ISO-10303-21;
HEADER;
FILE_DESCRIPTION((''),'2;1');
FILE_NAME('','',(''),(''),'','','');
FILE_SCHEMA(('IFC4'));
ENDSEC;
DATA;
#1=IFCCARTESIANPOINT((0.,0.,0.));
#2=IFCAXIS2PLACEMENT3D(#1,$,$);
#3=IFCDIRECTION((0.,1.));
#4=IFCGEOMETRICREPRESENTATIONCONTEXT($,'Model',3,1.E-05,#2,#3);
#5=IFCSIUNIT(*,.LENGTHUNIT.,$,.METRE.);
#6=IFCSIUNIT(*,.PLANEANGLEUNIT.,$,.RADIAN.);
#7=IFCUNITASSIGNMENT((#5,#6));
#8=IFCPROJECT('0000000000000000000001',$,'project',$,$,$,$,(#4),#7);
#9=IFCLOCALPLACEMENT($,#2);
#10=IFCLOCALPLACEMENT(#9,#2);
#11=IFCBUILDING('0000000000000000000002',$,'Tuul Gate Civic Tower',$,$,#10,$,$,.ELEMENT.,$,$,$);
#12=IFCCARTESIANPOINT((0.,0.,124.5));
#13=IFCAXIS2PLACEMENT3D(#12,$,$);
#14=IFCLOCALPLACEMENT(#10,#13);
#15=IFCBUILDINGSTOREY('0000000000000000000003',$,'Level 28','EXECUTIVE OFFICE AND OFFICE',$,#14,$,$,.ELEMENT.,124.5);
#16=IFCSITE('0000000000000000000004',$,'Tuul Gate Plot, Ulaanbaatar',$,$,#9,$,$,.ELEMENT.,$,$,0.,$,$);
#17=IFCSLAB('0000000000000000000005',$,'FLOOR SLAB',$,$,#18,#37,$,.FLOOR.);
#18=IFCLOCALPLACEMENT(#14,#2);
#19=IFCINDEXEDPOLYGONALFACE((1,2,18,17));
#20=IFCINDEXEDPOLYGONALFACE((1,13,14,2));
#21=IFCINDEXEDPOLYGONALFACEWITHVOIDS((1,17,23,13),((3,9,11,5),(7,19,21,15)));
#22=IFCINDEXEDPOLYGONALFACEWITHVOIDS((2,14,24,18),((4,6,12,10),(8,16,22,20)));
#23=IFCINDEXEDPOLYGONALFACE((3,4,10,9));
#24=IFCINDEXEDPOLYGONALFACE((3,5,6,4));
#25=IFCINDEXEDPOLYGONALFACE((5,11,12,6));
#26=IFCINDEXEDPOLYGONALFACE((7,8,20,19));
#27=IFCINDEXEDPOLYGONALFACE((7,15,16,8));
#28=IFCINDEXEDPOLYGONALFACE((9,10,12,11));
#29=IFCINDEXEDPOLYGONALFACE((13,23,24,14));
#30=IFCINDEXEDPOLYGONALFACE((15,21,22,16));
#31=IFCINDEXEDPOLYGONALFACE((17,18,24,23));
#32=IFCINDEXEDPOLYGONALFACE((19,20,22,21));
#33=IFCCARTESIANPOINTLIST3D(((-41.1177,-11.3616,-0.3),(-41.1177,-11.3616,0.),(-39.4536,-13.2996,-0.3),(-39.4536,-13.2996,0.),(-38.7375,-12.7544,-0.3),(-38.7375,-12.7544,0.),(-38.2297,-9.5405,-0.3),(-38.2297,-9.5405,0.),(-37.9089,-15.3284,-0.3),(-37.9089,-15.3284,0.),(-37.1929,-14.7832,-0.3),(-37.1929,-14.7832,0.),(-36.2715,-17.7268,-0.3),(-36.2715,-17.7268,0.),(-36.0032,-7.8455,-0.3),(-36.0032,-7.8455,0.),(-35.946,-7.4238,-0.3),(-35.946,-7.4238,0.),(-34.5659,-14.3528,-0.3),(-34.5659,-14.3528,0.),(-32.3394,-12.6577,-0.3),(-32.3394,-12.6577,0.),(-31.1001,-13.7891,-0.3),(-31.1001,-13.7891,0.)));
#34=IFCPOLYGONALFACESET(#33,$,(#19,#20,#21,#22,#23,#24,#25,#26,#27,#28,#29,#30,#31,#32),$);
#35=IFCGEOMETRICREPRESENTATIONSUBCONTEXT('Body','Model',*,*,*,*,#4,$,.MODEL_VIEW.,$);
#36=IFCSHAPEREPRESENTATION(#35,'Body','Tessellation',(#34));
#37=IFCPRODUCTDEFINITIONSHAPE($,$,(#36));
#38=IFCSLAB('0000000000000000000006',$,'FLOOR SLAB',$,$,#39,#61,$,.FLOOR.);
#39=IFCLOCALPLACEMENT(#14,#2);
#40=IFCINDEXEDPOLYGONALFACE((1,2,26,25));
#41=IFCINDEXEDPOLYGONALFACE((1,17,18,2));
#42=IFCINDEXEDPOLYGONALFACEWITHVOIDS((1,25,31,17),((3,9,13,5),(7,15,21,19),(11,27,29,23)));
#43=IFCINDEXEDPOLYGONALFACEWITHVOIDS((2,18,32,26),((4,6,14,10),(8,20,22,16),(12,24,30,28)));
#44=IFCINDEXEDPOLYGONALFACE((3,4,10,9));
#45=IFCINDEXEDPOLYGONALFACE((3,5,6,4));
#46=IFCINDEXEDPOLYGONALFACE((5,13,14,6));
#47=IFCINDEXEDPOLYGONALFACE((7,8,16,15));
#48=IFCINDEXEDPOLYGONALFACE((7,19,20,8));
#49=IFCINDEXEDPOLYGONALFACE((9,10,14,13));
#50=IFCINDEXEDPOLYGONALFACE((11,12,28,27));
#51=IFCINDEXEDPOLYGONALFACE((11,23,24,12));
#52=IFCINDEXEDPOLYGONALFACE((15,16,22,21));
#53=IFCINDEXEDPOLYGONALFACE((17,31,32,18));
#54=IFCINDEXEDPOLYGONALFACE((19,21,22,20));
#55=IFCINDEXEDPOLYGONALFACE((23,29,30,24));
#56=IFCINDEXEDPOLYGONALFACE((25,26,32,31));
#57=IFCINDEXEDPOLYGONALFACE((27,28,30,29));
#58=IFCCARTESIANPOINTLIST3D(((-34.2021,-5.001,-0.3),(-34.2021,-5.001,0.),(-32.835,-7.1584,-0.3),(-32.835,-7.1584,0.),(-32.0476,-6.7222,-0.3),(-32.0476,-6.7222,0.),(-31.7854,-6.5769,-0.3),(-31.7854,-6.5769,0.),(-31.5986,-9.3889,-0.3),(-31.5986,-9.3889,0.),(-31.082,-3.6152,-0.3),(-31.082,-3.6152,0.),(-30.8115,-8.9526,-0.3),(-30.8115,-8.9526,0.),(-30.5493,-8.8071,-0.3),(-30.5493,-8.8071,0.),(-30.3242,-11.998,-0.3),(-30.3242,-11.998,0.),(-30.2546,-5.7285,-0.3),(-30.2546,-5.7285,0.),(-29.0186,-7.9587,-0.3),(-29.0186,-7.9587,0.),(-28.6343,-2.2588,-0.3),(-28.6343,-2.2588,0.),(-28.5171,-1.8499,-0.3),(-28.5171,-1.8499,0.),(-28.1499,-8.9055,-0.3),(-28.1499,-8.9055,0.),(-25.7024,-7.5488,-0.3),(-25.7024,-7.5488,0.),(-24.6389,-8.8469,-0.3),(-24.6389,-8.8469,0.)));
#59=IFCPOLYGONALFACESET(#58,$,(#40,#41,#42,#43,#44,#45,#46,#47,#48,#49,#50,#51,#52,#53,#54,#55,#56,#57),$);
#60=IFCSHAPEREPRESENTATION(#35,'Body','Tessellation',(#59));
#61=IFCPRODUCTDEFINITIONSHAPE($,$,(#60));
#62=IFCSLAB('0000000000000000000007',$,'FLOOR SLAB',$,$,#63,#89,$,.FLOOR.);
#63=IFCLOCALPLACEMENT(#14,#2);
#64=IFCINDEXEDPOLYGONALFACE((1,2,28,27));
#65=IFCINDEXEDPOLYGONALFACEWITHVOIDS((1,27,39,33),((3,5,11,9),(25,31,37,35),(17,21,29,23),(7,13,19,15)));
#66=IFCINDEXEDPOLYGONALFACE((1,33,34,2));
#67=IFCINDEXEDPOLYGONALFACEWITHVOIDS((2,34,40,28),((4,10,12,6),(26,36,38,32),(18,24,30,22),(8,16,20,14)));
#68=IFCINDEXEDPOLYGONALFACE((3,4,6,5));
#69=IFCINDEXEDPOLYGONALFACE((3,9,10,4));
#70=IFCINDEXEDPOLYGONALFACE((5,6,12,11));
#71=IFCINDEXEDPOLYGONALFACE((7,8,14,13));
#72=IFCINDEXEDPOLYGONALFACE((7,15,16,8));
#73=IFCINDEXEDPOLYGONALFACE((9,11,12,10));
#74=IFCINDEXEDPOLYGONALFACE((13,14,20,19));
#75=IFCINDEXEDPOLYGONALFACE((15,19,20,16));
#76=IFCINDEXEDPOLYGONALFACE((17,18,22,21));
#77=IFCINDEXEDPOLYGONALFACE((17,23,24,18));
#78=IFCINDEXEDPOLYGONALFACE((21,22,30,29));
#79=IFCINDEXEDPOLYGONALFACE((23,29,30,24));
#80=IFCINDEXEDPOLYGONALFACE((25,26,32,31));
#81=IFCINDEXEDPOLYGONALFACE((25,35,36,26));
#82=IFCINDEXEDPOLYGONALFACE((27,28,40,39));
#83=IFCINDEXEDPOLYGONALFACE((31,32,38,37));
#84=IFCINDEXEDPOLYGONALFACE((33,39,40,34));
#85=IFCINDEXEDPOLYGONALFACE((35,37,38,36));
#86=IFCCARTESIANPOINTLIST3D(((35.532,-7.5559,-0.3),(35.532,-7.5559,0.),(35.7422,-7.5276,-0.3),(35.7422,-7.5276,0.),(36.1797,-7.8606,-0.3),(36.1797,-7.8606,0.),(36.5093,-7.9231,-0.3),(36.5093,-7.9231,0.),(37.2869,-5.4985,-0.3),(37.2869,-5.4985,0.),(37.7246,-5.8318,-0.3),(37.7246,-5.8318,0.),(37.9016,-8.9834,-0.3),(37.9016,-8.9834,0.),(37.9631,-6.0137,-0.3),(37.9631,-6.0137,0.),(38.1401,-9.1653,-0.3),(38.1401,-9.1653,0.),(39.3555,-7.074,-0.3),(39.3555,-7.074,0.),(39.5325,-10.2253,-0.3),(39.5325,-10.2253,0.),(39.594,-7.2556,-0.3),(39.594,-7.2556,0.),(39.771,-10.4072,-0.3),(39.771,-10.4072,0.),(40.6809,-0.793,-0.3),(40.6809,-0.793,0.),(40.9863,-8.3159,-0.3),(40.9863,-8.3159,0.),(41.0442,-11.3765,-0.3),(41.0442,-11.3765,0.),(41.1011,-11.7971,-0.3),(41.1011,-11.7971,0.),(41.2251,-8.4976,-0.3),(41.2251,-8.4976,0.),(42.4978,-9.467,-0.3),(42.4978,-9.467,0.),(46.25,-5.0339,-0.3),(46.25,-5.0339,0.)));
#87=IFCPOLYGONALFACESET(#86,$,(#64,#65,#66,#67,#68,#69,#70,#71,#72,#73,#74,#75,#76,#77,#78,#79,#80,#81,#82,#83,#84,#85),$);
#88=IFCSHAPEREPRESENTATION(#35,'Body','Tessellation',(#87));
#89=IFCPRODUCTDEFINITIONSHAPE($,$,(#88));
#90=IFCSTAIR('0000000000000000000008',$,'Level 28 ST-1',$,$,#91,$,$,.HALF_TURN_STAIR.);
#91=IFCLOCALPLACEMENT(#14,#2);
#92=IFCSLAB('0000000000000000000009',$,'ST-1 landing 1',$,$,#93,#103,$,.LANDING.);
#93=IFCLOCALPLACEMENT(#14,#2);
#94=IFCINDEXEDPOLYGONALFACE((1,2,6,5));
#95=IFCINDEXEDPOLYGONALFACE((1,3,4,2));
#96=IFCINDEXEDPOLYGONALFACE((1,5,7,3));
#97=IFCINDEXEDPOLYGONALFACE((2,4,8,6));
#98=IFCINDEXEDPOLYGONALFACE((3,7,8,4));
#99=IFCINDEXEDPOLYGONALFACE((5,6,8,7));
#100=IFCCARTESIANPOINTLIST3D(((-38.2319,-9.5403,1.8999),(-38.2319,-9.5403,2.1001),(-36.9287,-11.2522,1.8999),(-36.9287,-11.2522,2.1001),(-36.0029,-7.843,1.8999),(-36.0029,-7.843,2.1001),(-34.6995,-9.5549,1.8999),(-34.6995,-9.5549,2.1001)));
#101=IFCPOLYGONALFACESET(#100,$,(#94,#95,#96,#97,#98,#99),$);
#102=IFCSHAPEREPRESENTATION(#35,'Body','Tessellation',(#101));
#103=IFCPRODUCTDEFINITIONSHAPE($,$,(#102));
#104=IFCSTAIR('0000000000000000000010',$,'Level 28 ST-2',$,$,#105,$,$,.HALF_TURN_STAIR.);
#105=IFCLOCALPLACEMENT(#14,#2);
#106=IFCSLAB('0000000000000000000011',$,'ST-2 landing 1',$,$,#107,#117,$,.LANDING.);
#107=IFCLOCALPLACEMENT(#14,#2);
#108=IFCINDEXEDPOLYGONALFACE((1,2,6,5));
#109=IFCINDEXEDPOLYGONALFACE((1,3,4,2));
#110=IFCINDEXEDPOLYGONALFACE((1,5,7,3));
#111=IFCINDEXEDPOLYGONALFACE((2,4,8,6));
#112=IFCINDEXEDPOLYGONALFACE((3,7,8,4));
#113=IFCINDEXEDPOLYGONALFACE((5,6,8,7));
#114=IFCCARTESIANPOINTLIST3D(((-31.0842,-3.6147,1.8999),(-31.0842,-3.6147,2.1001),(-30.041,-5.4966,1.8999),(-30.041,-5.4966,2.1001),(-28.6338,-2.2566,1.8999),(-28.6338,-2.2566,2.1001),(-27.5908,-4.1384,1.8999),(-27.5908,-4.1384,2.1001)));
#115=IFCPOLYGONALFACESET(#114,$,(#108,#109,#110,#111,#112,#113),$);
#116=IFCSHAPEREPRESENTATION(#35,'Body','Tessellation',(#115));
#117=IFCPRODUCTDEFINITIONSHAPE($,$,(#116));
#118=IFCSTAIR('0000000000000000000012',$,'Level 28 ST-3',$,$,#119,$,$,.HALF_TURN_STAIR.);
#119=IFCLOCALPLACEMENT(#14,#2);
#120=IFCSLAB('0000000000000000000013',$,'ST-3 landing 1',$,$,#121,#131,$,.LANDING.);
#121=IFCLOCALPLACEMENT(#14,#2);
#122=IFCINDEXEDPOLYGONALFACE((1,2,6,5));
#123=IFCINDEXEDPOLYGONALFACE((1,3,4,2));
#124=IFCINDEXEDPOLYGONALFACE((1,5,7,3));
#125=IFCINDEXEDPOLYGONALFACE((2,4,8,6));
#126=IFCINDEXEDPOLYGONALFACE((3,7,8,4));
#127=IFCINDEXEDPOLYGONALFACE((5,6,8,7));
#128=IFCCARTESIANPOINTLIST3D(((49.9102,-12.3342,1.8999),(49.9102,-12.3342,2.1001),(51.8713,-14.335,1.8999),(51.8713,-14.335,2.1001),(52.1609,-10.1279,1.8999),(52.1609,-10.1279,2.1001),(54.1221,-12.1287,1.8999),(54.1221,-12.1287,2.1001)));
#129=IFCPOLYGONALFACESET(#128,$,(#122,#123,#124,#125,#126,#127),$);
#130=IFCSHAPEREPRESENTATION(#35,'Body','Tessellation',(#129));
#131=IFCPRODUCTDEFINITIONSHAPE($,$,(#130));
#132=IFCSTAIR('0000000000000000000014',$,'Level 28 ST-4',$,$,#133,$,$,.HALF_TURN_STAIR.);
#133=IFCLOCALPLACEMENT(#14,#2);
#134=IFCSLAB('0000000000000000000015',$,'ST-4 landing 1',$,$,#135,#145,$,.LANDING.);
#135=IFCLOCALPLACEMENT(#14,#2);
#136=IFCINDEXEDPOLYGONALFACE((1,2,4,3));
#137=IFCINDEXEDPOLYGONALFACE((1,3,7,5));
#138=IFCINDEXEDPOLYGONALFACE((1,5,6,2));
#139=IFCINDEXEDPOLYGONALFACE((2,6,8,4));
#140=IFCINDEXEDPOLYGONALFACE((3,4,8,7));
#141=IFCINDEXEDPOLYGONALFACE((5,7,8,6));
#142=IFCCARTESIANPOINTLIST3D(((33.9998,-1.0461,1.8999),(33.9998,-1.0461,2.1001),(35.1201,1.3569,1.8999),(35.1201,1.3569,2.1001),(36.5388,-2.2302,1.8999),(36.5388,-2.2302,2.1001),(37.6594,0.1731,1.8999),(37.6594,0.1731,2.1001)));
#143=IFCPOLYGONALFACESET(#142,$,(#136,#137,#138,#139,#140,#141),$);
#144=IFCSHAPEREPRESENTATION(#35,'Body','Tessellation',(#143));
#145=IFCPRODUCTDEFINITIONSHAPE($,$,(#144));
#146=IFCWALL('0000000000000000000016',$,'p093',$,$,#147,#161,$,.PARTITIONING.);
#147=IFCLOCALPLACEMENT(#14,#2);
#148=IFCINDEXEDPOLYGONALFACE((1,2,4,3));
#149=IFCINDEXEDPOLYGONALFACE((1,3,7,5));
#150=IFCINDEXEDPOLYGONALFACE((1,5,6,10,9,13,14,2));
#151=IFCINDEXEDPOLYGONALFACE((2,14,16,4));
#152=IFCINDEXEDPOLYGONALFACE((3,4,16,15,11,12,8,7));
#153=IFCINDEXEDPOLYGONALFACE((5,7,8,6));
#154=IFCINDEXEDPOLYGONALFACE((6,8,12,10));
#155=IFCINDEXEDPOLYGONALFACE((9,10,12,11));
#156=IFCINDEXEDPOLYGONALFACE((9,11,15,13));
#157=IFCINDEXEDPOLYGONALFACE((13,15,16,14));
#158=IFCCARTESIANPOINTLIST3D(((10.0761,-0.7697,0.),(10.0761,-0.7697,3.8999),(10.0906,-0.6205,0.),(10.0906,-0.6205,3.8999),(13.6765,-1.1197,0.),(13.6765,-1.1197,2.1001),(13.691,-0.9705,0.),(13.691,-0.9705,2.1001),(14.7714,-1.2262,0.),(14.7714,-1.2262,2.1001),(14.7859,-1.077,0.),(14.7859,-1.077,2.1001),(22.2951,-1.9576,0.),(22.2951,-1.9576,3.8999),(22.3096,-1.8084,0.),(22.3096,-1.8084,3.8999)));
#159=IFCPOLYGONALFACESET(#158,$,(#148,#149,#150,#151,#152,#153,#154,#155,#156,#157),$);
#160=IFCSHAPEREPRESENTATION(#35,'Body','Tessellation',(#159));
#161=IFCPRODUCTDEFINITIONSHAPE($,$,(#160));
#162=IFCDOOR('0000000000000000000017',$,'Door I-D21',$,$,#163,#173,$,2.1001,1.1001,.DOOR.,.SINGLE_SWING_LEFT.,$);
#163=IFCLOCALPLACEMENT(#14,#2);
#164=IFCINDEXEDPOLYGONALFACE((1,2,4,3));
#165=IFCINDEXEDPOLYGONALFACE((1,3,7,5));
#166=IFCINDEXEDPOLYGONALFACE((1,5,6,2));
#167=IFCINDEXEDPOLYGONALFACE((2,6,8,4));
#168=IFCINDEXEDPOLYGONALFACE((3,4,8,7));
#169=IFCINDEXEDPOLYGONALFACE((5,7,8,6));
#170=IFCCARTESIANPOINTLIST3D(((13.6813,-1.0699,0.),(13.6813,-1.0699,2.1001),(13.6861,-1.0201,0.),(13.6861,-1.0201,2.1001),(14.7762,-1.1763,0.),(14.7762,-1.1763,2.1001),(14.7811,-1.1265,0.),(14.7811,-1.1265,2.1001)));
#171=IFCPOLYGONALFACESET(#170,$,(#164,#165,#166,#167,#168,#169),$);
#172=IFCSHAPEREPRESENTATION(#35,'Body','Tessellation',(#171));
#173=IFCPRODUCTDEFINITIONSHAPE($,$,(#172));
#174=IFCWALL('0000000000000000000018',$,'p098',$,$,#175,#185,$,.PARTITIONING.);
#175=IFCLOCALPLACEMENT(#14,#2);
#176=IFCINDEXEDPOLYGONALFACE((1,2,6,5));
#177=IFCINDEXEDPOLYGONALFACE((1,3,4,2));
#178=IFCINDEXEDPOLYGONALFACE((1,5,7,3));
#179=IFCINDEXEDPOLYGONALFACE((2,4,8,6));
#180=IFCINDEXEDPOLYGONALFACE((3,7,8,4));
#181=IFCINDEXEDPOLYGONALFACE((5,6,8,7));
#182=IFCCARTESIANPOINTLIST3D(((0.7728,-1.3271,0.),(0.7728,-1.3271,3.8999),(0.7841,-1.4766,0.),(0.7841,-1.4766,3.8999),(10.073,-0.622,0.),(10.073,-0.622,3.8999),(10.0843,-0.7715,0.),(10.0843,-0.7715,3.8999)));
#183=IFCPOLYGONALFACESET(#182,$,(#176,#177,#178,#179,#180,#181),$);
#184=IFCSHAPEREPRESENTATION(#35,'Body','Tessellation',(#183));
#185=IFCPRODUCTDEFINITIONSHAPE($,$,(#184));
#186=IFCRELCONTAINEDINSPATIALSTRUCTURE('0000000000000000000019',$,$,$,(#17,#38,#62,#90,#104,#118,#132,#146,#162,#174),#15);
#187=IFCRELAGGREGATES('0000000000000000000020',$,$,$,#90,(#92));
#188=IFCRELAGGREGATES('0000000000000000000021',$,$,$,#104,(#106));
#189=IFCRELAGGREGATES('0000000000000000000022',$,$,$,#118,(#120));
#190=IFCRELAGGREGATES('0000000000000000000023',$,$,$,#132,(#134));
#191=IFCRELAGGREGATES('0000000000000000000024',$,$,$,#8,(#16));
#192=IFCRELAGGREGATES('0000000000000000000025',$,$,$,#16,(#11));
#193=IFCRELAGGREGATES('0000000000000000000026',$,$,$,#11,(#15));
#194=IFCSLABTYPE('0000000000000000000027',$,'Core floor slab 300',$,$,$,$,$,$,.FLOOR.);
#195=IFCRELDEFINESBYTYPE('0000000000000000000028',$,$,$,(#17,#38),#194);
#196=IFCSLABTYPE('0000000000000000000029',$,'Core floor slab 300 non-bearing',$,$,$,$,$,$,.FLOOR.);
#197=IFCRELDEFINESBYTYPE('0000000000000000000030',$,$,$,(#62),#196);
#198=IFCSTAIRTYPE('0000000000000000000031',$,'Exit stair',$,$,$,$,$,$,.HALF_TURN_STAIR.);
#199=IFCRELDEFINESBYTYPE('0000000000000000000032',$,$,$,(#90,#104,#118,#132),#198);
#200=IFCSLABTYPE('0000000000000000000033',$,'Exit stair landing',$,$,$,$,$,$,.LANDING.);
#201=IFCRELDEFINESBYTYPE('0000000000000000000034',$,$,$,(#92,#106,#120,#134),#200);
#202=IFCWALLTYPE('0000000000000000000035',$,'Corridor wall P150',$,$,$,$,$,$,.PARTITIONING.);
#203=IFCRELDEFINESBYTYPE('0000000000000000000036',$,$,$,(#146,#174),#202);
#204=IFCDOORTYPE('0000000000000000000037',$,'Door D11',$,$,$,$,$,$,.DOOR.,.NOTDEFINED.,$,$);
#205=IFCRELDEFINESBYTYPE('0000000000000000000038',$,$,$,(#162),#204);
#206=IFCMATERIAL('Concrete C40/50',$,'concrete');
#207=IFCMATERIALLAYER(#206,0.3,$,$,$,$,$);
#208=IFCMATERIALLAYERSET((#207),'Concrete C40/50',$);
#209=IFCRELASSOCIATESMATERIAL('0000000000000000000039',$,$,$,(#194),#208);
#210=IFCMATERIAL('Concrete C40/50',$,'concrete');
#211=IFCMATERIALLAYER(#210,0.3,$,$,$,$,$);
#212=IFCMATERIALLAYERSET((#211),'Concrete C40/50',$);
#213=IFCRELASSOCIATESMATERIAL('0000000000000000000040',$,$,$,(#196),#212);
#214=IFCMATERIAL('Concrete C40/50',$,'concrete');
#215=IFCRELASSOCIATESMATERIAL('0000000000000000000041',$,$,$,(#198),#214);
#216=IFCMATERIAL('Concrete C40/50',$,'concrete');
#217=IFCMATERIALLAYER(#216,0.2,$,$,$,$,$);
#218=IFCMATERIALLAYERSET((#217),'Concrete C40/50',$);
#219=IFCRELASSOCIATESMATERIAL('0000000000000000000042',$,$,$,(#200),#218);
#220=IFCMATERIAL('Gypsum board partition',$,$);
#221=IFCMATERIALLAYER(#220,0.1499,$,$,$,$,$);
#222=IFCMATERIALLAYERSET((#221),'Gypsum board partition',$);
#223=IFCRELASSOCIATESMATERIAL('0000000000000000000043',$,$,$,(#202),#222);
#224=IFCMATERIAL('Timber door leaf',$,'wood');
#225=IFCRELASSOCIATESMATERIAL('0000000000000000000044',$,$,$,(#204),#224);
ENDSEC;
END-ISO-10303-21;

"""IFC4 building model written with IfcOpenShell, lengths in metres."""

from ifc_helpers import new_model, si_unit, direction, frame, frame_2d, origin, place, context, subcontext, project, spatial, polyline, rectangle, outline, extrude, material, layer, layer_set, type_object, element, fill, aggregate, save


model = new_model("IFC4")

# Units and contexts
model_context = context("Model", 3, precision=1e-05, world=origin(), true_north=direction((0.0, 1.0)))
body_context = subcontext(model_context, "Body", "Model", "MODEL_VIEW")
ifc_project = project(units=[si_unit("LENGTHUNIT", "METRE"), si_unit("PLANEANGLEUNIT", "RADIAN")], contexts=[model_context])

# Site, building, storey
site_placement = place(None, origin())
site = spatial("IfcSite", under=ifc_project, at=site_placement, Name="Tuul Gate Plot, Ulaanbaatar", CompositionType="ELEMENT", RefElevation=0.0)
building_placement = place(site_placement, origin())
building = spatial("IfcBuilding", under=site, at=building_placement, Name="Tuul Gate Civic Tower", CompositionType="ELEMENT")
storey_placement = place(building_placement, frame((0.0, 0.0, 124.5)))
storey = spatial("IfcBuildingStorey", under=building, at=storey_placement, Name="Level 28", Description="EXECUTIVE OFFICE AND OFFICE", CompositionType="ELEMENT", Elevation=124.5)

# Slabs
ifc_material_1 = material(Name="Concrete C40/50", Category="concrete")
ifc_layer_1 = layer(ifc_material_1, 0.3)
ifc_layer_set_1 = layer_set([ifc_layer_1], Name="Concrete C40/50")
slab_type_1 = type_object("IfcSlabType", Name="Core floor slab 300", PredefinedType="FLOOR", material=ifc_layer_set_1)
slab_1_placement = place(storey_placement, frame((0.0, 0.0, -0.3)))
element("IfcSlab", 1, at=slab_1_placement, inside=storey, type_object=slab_type_1, Name="FLOOR SLAB", PredefinedType="FLOOR", context=body_context, shape_type="SweptSolid", body=[
    extrude(outline(polyline([(-31.1001, -13.7891), (-35.946, -7.4238), (-41.1177, -11.3616), (-36.2715, -17.7268), (-31.1001, -13.7891)]), holes=[polyline([(-37.1929, -14.7832), (-38.7375, -12.7544), (-39.4536, -13.2996), (-37.9089, -15.3284), (-37.1929, -14.7832)]), polyline([(-32.3394, -12.6577), (-34.5659, -14.3528), (-38.2297, -9.5405), (-36.0032, -7.8455), (-32.3394, -12.6577)])]), origin(), (0.0, 0.0, 1.0), 0.3),
])
slab_2_placement = place(storey_placement, frame((0.0, 0.0, -0.3)))
element("IfcSlab", 2, at=slab_2_placement, inside=storey, type_object=slab_type_1, Name="FLOOR SLAB", PredefinedType="FLOOR", context=body_context, shape_type="SweptSolid", body=[
    extrude(outline(polyline([(-24.6389, -8.8469), (-28.5171, -1.8499), (-34.2021, -5.001), (-30.3242, -11.998), (-24.6389, -8.8469)]), holes=[polyline([(-29.0186, -7.9587), (-30.2546, -5.7285), (-31.7854, -6.5769), (-30.5493, -8.8071), (-29.0186, -7.9587)]), polyline([(-30.8115, -8.9526), (-32.0476, -6.7222), (-32.835, -7.1584), (-31.5986, -9.3889), (-30.8115, -8.9526)]), polyline([(-25.7024, -7.5488), (-28.1499, -8.9055), (-31.082, -3.6152), (-28.6343, -2.2588), (-25.7024, -7.5488)])]), origin(), (0.0, 0.0, 1.0), 0.3),
])
ifc_material_2 = material(Name="Concrete C40/50", Category="concrete")
ifc_layer_2 = layer(ifc_material_2, 0.3)
ifc_layer_set_2 = layer_set([ifc_layer_2], Name="Concrete C40/50")
slab_type_2 = type_object("IfcSlabType", Name="Core floor slab 300 non-bearing", PredefinedType="FLOOR", material=ifc_layer_set_2)
slab_3_placement = place(storey_placement, frame((0.0, 0.0, -0.3)))
element("IfcSlab", 3, at=slab_3_placement, inside=storey, type_object=slab_type_2, Name="FLOOR SLAB", PredefinedType="FLOOR", context=body_context, shape_type="SweptSolid", body=[
    extrude(outline(polyline([(41.1011, -11.7971), (46.25, -5.0339), (40.6809, -0.793), (35.532, -7.5559), (41.1011, -11.7971)]), holes=[polyline([(41.0442, -11.3765), (42.4978, -9.467), (41.2251, -8.4976), (39.771, -10.4072), (41.0442, -11.3765)]), polyline([(39.5325, -10.2253), (40.9863, -8.3159), (39.594, -7.2556), (38.1401, -9.1653), (39.5325, -10.2253)]), polyline([(37.9016, -8.9834), (39.3555, -7.074), (37.9631, -6.0137), (36.5093, -7.9231), (37.9016, -8.9834)]), polyline([(36.1797, -7.8606), (37.7246, -5.8318), (37.2869, -5.4985), (35.7422, -7.5276), (36.1797, -7.8606)])]), origin(), (0.0, 0.0, 1.0), 0.3),
])

# Stairs, slabs
ifc_material_3 = material(Name="Concrete C40/50", Category="concrete")
stair_type = type_object("IfcStairType", Name="Exit stair", PredefinedType="HALF_TURN_STAIR", material=ifc_material_3)
stair_1_placement = place(storey_placement, origin())
stair_1 = element("IfcStair", 4, at=stair_1_placement, inside=storey, type_object=stair_type, Name="Level 28 ST-1", PredefinedType="HALF_TURN_STAIR")
ifc_material_4 = material(Name="Concrete C40/50", Category="concrete")
ifc_layer_3 = layer(ifc_material_4, 0.2)
ifc_layer_set_3 = layer_set([ifc_layer_3], Name="Concrete C40/50")
slab_type_3 = type_object("IfcSlabType", Name="Exit stair landing", PredefinedType="LANDING", material=ifc_layer_set_3)
slab_4_placement = place(storey_placement, frame((0.0, 0.0, 1.8999)))
slab_4 = element("IfcSlab", 5, at=slab_4_placement, type_object=slab_type_3, Name="ST-1 landing 1", PredefinedType="LANDING", context=body_context, shape_type="SweptSolid", body=[
    extrude(outline(polyline([(-34.6995, -9.5549), (-36.9287, -11.2522), (-38.2319, -9.5403), (-36.0029, -7.843), (-34.6995, -9.5549)])), origin(), (0.0, 0.0, 1.0), 0.2002),
])
aggregate(stair_1, [slab_4])
stair_2_placement = place(storey_placement, origin())
stair_2 = element("IfcStair", 6, at=stair_2_placement, inside=storey, type_object=stair_type, Name="Level 28 ST-2", PredefinedType="HALF_TURN_STAIR")
slab_5_placement = place(storey_placement, frame((0.0, 0.0, 1.8999)))
slab_5 = element("IfcSlab", 7, at=slab_5_placement, type_object=slab_type_3, Name="ST-2 landing 1", PredefinedType="LANDING", context=body_context, shape_type="SweptSolid", body=[
    extrude(outline(polyline([(-27.5908, -4.1384), (-30.041, -5.4966), (-31.0842, -3.6147), (-28.6338, -2.2566), (-27.5908, -4.1384)])), origin(), (0.0, 0.0, 1.0), 0.2002),
])
aggregate(stair_2, [slab_5])
stair_3_placement = place(storey_placement, origin())
stair_3 = element("IfcStair", 8, at=stair_3_placement, inside=storey, type_object=stair_type, Name="Level 28 ST-3", PredefinedType="HALF_TURN_STAIR")
slab_6_placement = place(storey_placement, frame((0.0, 0.0, 1.8999)))
slab_6 = element("IfcSlab", 9, at=slab_6_placement, type_object=slab_type_3, Name="ST-3 landing 1", PredefinedType="LANDING", context=body_context, shape_type="SweptSolid", body=[
    extrude(outline(polyline([(51.8713, -14.335), (49.9102, -12.3342), (52.1609, -10.1279), (54.1221, -12.1287), (51.8713, -14.335)])), origin(), (0.0, 0.0, 1.0), 0.2002),
])
aggregate(stair_3, [slab_6])
stair_4_placement = place(storey_placement, origin())
stair_4 = element("IfcStair", 10, at=stair_4_placement, inside=storey, type_object=stair_type, Name="Level 28 ST-4", PredefinedType="HALF_TURN_STAIR")
slab_7_placement = place(storey_placement, frame((0.0, 0.0, 1.8999)))
slab_7 = element("IfcSlab", 11, at=slab_7_placement, type_object=slab_type_3, Name="ST-4 landing 1", PredefinedType="LANDING", context=body_context, shape_type="SweptSolid", body=[
    extrude(outline(polyline([(36.5388, -2.2302), (33.9998, -1.0461), (35.1201, 1.3569), (37.6594, 0.1731), (36.5388, -2.2302)])), origin(), (0.0, 0.0, 1.0), 0.2002),
])
aggregate(stair_4, [slab_7])

# Wall, opening, door
ifc_material_5 = material(Name="Gypsum board partition")
ifc_layer_4 = layer(ifc_material_5, 0.1499)
ifc_layer_set_4 = layer_set([ifc_layer_4], Name="Gypsum board partition")
wall_type_1 = type_object("IfcWallType", Name="Corridor wall P150", PredefinedType="PARTITIONING", material=ifc_layer_set_4)
wall_1_placement = place(storey_placement, frame((10.0835, -0.6951, 0.0), z_axis=(0.0, 0.0, 1.0), x_axis=(0.995307, -0.096768, 0.0)))
wall_1 = element("IfcWall", 12, at=wall_1_placement, inside=storey, type_object=wall_type_1, Name="p093", PredefinedType="PARTITIONING", context=body_context, shape_type="SweptSolid", body=[
    extrude(rectangle(XDim=12.2766, YDim=0.1499, at=frame_2d((6.1382, 0.0))), origin(), (0.0, 0.0, 1.0), 3.8999),
])
opening_1_placement = place(wall_1_placement, frame((3.6172, 0.0, 0.0)))
opening_1 = element("IfcOpeningElement", 13, at=opening_1_placement, cuts=wall_1, PredefinedType="OPENING", context=body_context, shape_type="SweptSolid", body=[
    extrude(rectangle(XDim=1.1001, YDim=2.1001, at=frame_2d((0.55, 1.05))), frame((0.0, 0.085, 0.0), z_axis=(0.0, -1.0, 0.0), x_axis=(1.0, 0.0, 0.0)), (0.0, 0.0, 1.0), 0.1699),
])
ifc_material_6 = material(Name="Timber door leaf", Category="wood")
door_type = type_object("IfcDoorType", Name="Door D11", OperationType="NOTDEFINED", PredefinedType="DOOR", material=ifc_material_6)
door_placement = place(opening_1_placement, frame((1.1001, 0.0, 0.0), z_axis=(0.0, 0.0, 1.0), x_axis=(-1.0, 0.0, 0.0)))
door = element("IfcDoor", 14, at=door_placement, inside=storey, type_object=door_type, Name="Door I-D21", OperationType="SINGLE_SWING_LEFT", OverallHeight=2.1001, OverallWidth=1.1001, PredefinedType="DOOR", context=body_context, shape_type="SweptSolid", body=[
    extrude(rectangle(XDim=1.1001, YDim=2.1001, at=frame_2d((0.55, 1.05))), frame((0.0, 0.0249, 0.0), z_axis=(0.0, -1.0, 0.0), x_axis=(1.0, 0.0, 0.0)), (0.0, 0.0, 1.0), 0.05),
])
fill(opening_1, door)

# Wall
wall_2_placement = place(storey_placement, frame((0.7783, -1.4019, 0.0), z_axis=(0.0, 0.0, 1.0), x_axis=(0.997139, 0.075596, 0.0)))
element("IfcWall", 15, at=wall_2_placement, inside=storey, type_object=wall_type_1, Name="p098", PredefinedType="PARTITIONING", context=body_context, shape_type="SweptSolid", body=[
    extrude(rectangle(XDim=9.3269, YDim=0.1499, at=frame_2d((4.6636, 0.0))), origin(), (0.0, 0.0, 1.0), 3.8999),
])

save(model, "model.ifc")
